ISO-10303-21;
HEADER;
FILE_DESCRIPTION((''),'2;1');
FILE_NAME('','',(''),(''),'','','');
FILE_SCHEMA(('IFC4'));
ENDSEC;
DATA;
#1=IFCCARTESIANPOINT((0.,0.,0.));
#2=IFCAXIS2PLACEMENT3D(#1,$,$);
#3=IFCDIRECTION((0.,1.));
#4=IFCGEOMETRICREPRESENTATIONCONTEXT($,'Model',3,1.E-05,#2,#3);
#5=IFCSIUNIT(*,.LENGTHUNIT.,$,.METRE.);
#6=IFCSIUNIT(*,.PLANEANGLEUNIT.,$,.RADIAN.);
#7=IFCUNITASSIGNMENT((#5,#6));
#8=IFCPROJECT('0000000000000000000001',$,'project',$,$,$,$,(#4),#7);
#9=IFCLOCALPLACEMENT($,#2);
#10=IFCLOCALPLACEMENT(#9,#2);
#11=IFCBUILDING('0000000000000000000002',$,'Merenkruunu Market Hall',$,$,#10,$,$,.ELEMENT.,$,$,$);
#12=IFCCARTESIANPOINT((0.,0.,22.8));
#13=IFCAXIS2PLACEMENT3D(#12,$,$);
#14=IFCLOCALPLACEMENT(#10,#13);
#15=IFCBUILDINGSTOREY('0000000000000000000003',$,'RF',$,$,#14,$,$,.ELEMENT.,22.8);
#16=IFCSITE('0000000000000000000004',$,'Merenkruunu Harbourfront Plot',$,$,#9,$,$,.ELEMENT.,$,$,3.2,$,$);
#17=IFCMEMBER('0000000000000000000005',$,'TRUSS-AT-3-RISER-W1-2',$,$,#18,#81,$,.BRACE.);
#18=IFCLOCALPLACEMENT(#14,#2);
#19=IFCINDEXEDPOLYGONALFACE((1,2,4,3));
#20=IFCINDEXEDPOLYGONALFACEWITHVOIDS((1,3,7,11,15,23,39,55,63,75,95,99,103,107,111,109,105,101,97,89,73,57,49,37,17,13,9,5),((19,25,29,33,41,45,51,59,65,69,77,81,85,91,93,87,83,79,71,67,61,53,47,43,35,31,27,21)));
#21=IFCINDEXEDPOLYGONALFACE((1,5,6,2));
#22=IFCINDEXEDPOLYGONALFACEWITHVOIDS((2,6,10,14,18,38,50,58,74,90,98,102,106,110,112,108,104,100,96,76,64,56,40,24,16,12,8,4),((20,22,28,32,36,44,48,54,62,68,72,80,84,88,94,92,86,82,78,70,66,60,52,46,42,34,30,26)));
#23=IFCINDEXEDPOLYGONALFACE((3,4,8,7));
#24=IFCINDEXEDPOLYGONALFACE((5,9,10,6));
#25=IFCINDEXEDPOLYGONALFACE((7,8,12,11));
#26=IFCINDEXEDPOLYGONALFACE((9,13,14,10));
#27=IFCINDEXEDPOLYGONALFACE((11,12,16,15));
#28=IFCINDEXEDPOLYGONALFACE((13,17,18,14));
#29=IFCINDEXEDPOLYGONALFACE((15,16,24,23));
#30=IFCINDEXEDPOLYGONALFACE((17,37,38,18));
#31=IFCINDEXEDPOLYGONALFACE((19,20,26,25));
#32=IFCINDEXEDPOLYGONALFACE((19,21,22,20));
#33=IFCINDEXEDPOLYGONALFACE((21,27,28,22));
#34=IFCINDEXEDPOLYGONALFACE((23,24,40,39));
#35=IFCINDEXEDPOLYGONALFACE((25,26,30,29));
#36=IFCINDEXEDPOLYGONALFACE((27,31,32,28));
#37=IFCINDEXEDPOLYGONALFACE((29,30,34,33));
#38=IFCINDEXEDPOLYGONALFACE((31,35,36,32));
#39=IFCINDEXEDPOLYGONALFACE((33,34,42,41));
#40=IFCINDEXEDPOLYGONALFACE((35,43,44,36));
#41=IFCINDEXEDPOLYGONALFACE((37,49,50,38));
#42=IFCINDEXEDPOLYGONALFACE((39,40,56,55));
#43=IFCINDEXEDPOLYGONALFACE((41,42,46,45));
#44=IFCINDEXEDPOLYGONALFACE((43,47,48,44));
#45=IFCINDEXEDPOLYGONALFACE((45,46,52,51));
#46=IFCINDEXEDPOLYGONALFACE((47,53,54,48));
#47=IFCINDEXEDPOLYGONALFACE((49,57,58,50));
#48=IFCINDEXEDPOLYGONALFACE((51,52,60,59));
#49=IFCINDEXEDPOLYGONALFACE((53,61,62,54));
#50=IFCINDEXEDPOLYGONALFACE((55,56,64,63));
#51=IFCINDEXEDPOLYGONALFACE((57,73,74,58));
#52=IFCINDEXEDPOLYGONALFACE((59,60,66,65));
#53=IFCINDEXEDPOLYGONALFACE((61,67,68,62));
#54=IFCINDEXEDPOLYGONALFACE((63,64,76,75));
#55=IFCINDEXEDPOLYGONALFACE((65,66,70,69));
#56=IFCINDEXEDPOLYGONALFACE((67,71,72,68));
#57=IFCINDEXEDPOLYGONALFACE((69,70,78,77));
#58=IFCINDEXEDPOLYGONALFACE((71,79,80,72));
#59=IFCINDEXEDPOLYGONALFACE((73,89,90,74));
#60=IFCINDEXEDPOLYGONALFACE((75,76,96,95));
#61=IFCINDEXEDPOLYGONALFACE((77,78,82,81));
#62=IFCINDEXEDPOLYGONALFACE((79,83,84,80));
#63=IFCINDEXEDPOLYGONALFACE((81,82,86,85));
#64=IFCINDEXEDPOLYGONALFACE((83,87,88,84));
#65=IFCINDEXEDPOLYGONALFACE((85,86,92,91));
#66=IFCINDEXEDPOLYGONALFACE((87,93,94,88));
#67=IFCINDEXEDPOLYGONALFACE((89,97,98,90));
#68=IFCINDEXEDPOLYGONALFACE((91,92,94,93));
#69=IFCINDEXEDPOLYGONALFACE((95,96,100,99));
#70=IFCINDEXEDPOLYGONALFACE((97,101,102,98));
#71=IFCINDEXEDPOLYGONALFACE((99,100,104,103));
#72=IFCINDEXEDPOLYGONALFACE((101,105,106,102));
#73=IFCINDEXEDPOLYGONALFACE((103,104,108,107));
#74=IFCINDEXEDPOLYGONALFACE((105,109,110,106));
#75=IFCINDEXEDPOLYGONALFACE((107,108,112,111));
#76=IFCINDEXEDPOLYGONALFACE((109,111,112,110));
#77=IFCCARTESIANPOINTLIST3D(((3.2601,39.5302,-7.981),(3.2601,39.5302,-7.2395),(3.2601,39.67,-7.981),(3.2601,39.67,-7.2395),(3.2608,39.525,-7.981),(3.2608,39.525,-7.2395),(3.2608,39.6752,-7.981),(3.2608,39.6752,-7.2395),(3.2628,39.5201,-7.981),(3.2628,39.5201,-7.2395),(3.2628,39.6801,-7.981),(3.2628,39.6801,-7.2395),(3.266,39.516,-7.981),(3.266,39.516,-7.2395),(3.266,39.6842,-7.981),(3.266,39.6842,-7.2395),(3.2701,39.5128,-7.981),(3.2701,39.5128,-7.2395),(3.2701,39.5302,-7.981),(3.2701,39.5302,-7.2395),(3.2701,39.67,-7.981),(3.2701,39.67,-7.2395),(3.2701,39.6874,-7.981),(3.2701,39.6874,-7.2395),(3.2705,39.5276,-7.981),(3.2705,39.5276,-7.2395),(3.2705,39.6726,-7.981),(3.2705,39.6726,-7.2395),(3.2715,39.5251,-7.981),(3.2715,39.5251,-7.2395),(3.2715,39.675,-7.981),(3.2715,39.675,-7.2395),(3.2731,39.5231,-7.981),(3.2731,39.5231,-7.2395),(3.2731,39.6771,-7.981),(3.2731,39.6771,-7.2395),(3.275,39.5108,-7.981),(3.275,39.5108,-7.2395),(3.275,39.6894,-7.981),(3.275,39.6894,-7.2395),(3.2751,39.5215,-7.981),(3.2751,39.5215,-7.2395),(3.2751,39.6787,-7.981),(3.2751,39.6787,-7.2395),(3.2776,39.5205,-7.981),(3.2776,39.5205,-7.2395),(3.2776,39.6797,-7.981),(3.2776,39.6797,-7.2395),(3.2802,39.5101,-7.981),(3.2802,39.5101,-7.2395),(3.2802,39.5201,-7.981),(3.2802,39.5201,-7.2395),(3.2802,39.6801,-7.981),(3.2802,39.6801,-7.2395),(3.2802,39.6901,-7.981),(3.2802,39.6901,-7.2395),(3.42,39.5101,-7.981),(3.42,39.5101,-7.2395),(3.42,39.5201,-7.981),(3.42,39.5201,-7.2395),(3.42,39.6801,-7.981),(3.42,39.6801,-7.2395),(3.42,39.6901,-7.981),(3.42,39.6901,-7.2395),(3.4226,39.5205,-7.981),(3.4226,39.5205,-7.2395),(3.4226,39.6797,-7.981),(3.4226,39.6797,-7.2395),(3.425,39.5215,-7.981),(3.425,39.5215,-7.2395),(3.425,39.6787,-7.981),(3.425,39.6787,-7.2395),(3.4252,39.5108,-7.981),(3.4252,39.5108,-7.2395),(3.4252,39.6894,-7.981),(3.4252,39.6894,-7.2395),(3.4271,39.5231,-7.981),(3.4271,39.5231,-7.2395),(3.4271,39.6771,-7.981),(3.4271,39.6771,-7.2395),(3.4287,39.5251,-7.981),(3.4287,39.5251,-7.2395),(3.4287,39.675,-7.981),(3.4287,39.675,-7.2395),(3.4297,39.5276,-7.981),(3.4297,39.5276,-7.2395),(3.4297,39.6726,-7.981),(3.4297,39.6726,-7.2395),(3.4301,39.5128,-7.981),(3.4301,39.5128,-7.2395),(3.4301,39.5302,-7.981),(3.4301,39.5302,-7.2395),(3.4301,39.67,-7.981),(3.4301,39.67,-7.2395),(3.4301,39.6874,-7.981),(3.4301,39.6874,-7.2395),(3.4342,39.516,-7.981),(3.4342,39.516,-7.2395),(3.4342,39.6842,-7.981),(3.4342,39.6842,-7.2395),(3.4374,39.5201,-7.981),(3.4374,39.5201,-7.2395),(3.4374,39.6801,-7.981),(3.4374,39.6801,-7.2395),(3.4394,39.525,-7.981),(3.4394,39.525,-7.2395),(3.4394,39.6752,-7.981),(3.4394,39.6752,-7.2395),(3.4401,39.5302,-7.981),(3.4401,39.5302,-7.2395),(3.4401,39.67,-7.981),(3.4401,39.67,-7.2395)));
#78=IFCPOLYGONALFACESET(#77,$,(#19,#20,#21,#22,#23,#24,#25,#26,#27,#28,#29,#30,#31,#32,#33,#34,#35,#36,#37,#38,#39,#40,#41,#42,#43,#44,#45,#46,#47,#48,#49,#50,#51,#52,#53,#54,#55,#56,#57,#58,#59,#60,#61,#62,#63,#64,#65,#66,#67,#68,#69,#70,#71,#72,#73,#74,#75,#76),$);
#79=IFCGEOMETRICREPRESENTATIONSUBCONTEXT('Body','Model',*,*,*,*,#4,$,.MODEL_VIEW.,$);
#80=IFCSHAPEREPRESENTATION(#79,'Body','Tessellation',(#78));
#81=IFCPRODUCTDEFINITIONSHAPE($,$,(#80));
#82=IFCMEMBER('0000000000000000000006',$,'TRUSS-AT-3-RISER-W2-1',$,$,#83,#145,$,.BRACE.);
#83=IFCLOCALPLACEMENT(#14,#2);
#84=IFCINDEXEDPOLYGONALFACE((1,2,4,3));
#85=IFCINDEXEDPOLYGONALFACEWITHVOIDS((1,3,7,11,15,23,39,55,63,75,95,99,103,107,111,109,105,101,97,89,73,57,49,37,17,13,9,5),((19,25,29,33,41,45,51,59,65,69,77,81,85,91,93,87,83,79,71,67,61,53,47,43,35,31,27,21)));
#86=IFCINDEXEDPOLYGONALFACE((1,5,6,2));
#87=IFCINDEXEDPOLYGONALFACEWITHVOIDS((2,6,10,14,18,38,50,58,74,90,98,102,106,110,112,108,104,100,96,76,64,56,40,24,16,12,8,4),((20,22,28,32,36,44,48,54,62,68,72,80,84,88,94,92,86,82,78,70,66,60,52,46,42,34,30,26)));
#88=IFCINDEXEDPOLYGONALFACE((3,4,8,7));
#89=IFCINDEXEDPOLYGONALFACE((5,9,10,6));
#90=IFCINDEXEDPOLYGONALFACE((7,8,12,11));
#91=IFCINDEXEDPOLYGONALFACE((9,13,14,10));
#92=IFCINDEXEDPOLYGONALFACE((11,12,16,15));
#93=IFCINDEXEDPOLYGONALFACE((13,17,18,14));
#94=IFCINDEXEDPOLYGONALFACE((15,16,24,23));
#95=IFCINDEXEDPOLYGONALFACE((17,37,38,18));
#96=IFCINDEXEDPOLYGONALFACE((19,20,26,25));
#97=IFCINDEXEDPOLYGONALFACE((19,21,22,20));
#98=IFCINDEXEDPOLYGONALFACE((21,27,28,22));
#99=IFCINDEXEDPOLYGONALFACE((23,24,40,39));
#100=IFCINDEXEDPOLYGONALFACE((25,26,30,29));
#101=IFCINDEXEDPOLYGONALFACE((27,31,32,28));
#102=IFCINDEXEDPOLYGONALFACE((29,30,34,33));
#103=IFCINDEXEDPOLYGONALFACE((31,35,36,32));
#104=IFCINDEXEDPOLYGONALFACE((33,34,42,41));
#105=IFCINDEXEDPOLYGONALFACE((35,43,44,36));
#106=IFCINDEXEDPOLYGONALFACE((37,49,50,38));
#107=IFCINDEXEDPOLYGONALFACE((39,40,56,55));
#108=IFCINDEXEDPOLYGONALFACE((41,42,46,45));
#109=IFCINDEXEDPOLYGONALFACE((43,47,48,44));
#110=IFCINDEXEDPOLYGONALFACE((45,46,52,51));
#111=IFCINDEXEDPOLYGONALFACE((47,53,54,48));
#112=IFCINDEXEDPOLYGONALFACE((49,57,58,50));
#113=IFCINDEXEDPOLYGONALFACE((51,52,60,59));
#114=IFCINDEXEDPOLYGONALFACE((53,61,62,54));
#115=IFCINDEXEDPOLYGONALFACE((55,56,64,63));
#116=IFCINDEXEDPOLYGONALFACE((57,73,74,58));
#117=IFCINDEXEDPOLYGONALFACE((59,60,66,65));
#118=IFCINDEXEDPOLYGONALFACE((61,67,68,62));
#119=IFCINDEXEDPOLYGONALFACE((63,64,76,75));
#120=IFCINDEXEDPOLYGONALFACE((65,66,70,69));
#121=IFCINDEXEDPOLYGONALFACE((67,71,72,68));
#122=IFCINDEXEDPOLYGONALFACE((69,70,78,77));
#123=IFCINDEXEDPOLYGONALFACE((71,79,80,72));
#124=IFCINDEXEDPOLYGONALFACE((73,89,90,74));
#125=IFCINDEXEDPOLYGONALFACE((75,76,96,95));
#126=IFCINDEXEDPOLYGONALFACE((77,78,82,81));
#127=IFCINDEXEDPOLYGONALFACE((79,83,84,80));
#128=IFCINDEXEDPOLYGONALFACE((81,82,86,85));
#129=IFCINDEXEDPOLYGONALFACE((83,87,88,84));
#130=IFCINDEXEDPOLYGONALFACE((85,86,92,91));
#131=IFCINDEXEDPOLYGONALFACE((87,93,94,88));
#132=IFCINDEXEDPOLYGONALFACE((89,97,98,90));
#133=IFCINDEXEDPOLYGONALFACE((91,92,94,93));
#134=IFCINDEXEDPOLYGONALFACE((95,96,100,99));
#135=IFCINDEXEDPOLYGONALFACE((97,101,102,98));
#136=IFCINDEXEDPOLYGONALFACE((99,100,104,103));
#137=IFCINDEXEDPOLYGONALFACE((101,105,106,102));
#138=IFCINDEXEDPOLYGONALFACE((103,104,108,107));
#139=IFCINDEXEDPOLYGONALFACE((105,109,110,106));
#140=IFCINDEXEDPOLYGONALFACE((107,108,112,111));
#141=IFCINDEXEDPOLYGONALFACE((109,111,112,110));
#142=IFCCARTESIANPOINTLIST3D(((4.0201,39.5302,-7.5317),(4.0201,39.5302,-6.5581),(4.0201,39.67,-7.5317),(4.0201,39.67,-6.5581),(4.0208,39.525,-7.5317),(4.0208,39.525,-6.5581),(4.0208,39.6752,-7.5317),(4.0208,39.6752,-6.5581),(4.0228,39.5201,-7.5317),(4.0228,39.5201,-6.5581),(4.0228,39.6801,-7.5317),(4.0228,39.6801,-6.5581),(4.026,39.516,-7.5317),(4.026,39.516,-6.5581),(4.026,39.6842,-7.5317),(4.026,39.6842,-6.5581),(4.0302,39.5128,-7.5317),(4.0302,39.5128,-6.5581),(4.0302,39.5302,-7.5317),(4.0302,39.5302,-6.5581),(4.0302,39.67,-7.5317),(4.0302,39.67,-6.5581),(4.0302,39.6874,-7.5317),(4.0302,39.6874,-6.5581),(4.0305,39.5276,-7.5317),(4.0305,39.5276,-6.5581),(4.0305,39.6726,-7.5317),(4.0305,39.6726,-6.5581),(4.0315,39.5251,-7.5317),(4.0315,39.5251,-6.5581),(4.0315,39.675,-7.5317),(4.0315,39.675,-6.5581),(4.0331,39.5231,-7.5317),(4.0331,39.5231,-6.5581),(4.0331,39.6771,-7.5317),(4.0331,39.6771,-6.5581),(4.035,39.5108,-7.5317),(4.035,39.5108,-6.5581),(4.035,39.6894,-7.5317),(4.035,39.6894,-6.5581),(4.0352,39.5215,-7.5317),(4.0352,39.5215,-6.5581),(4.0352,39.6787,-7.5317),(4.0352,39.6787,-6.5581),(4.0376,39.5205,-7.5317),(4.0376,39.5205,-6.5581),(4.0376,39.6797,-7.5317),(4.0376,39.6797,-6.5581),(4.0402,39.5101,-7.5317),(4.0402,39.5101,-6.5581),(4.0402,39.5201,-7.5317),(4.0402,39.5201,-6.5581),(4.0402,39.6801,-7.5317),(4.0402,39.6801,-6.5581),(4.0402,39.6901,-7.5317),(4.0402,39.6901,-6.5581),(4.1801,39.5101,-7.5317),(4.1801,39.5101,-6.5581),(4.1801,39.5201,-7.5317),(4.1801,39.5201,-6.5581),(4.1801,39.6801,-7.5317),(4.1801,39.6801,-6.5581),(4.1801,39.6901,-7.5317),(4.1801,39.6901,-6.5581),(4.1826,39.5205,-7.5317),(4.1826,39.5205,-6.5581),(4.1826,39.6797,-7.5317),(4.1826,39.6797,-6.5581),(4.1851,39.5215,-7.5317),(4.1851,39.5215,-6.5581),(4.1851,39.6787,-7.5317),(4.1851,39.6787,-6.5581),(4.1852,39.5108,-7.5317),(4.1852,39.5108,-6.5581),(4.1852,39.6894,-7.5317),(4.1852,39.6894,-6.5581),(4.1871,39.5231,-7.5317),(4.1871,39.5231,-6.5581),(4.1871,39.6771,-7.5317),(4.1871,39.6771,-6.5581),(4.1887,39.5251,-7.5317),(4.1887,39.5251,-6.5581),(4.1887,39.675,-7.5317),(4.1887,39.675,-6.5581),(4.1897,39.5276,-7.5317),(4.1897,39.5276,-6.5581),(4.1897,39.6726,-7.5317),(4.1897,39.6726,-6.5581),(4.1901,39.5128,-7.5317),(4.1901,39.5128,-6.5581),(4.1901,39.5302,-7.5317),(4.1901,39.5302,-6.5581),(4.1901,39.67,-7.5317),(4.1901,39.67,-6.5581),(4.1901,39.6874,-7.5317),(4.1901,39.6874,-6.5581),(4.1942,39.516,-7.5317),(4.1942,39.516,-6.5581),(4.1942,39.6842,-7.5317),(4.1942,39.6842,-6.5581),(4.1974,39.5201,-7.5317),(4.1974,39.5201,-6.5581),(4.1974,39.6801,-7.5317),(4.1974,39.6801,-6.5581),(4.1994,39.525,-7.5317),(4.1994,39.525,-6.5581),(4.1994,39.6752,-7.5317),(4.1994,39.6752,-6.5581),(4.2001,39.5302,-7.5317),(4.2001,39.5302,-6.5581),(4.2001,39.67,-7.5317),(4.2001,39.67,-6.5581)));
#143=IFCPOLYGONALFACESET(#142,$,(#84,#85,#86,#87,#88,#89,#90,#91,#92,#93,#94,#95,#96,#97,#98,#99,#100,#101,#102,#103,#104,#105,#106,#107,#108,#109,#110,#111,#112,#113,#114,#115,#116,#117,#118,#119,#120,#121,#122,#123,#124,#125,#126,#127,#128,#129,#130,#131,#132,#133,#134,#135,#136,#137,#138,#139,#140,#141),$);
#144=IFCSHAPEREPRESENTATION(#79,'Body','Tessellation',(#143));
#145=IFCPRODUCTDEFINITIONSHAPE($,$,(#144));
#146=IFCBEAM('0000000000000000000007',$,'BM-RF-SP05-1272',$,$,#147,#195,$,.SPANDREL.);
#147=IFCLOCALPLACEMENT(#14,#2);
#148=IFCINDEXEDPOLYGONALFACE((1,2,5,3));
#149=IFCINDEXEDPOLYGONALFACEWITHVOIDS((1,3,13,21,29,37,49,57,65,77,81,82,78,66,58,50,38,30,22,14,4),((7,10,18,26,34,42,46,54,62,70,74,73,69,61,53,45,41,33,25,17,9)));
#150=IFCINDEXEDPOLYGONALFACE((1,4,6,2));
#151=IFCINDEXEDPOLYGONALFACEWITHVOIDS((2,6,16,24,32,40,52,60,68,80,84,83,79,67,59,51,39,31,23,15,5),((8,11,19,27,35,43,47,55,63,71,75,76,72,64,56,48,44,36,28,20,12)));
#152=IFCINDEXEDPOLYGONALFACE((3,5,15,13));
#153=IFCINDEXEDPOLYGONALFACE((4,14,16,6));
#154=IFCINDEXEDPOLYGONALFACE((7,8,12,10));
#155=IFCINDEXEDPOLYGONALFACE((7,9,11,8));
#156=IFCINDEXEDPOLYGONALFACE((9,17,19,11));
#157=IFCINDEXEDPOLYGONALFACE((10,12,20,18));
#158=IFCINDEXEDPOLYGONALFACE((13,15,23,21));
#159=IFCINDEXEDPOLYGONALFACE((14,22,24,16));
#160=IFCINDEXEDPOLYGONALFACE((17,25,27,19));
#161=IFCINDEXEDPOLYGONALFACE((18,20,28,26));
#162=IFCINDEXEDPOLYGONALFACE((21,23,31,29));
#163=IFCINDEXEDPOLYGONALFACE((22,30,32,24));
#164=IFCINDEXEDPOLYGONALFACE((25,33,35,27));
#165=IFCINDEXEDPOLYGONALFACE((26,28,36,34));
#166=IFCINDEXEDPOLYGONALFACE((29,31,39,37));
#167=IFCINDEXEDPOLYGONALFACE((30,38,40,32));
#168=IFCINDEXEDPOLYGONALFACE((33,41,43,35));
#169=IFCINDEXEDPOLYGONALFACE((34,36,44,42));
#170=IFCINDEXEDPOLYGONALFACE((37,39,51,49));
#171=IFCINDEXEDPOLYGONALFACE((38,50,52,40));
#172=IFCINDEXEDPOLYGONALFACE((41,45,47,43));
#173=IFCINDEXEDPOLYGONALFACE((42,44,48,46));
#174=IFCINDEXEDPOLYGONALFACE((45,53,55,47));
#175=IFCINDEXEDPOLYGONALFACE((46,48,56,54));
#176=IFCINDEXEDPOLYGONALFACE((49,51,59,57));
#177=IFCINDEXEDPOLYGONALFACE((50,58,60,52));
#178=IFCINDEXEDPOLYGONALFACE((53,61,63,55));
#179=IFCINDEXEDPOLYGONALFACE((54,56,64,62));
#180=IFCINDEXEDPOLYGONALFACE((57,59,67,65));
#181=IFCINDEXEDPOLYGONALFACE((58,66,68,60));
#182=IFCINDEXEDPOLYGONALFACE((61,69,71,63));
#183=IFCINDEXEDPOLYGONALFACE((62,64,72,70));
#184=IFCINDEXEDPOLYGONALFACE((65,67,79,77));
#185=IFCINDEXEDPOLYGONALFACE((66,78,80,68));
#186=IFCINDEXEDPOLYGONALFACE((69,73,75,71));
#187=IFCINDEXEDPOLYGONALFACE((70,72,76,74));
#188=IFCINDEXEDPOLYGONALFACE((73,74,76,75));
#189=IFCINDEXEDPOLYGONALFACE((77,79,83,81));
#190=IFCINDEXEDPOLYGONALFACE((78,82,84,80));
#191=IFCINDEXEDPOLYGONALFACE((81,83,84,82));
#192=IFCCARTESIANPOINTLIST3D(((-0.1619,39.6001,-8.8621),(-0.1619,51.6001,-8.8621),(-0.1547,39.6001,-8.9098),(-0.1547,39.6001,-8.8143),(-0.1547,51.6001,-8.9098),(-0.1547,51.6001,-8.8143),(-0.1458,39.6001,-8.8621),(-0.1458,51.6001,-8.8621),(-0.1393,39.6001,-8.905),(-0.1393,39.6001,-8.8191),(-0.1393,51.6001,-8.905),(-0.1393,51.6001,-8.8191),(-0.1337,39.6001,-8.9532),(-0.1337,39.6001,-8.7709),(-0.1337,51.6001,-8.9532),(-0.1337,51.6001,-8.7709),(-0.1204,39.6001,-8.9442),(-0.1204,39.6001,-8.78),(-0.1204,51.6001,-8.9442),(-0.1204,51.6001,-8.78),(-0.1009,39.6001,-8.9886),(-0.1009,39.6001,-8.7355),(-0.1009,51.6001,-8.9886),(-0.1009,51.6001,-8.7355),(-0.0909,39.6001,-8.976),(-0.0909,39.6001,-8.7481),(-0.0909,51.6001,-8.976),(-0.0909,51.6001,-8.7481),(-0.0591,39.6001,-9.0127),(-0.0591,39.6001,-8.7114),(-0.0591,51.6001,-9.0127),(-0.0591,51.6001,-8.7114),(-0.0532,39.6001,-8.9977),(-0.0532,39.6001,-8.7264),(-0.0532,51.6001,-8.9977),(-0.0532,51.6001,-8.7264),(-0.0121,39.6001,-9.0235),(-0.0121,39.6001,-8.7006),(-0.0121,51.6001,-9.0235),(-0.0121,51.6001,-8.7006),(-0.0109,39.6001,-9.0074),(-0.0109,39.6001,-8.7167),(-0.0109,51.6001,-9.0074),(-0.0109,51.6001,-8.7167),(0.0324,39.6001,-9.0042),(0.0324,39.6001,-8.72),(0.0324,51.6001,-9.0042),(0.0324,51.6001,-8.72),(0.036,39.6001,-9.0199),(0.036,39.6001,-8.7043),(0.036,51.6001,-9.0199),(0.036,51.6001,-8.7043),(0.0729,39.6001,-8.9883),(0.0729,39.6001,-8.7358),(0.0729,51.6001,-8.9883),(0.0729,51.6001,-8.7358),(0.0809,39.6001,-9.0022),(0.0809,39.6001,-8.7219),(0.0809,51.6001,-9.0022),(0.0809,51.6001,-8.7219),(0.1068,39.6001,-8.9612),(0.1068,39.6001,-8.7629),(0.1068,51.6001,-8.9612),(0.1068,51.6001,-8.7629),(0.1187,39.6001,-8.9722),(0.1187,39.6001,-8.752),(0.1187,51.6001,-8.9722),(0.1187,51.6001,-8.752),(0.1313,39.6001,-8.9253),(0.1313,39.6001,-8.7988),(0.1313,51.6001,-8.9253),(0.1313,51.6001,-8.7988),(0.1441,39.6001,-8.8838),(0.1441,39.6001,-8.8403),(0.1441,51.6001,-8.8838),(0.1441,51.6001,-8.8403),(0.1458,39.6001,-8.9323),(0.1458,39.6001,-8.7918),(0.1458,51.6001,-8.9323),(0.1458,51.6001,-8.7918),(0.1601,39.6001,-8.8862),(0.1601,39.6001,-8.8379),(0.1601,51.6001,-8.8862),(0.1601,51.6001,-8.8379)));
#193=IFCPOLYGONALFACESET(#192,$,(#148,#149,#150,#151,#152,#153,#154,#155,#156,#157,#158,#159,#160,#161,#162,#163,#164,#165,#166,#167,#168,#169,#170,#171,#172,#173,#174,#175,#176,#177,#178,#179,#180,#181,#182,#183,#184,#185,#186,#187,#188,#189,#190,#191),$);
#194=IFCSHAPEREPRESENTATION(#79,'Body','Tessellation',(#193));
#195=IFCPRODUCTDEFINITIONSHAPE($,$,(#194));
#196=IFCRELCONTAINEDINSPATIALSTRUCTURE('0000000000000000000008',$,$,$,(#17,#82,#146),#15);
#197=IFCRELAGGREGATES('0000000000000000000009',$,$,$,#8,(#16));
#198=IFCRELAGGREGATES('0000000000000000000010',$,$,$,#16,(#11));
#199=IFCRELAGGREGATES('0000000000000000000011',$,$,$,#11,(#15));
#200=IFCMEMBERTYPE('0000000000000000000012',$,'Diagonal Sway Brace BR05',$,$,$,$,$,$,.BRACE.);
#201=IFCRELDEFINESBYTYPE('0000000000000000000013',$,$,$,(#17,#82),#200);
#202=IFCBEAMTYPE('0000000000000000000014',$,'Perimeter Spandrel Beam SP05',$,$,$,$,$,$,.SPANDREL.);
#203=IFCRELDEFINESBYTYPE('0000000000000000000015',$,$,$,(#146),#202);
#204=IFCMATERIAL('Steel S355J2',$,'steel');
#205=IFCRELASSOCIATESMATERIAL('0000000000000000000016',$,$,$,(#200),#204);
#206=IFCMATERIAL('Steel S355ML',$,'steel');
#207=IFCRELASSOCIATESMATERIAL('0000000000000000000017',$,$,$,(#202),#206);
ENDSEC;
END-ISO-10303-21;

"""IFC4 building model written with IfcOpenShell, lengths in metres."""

from ifc_helpers import new_model, si_unit, direction, frame, origin, origin_2d, place, context, subcontext, project, spatial, hollow_rectangle, hollow_circle, extrude, material, material_profile, profile_set, type_object, element, save


model = new_model("IFC4")

# Units and contexts
model_context = context("Model", 3, precision=1e-05, world=origin(), true_north=direction((0.0, 1.0)))
body_context = subcontext(model_context, "Body", "Model", "MODEL_VIEW")
ifc_project = project(units=[si_unit("LENGTHUNIT", "METRE"), si_unit("PLANEANGLEUNIT", "RADIAN")], contexts=[model_context])

# Site, building, storey
site_placement = place(None, origin())
site = spatial("IfcSite", under=ifc_project, at=site_placement, Name="Merenkruunu Harbourfront Plot", CompositionType="ELEMENT", RefElevation=3.2)
building_placement = place(site_placement, origin())
building = spatial("IfcBuilding", under=site, at=building_placement, Name="Merenkruunu Market Hall", CompositionType="ELEMENT")
storey_placement = place(building_placement, frame((0.0, 0.0, 22.8)))
storey = spatial("IfcBuildingStorey", under=building, at=storey_placement, Name="RF", CompositionType="ELEMENT", Elevation=22.8)

# Shared definitions
ifc_material_1 = material(Name="Steel S355ML", Category="steel")

# Members
ifc_material_2 = material(Name="Steel S355J2", Category="steel")
ifc_material_profile_1 = material_profile(ifc_material_2, hollow_rectangle(XDim=0.1799, YDim=0.1799, WallThickness=0.01, InnerFilletRadius=0.01, OuterFilletRadius=0.02, at=origin_2d()), Name="SHS 180x180x10")
ifc_profile_set_1 = profile_set([ifc_material_profile_1], Name="Steel S355J2")
member_type_1 = type_object("IfcMemberType", Name="Diagonal Sway Brace BR05", PredefinedType="BRACE", material=ifc_profile_set_1)
member_1_placement = place(storey_placement, frame((3.3501, 39.6001, -7.981), z_axis=(0.0, 0.0, 1.0), x_axis=(1.0, 0.0, 0.0)))
element("IfcMember", 1, at=member_1_placement, inside=storey, type_object=member_type_1, Name="TRUSS-AT-3-RISER-W1-2", PredefinedType="BRACE", context=body_context, shape_type="SweptSolid", body=[
    extrude(hollow_rectangle(XDim=0.1799, YDim=0.1799, WallThickness=0.01, InnerFilletRadius=0.01, OuterFilletRadius=0.02, at=origin_2d()), origin(), (0.0, 0.0, 1.0), 0.7415),
])
member_2_placement = place(storey_placement, frame((4.1101, 39.6001, -7.5317), z_axis=(0.0, 0.0, 1.0), x_axis=(1.0, 0.0, 0.0)))
element("IfcMember", 2, at=member_2_placement, inside=storey, type_object=member_type_1, Name="TRUSS-AT-3-RISER-W2-1", PredefinedType="BRACE", context=body_context, shape_type="SweptSolid", body=[
    extrude(hollow_rectangle(XDim=0.1799, YDim=0.1799, WallThickness=0.01, InnerFilletRadius=0.01, OuterFilletRadius=0.02, at=origin_2d()), origin(), (0.0, 0.0, 1.0), 0.9736),
])

# Beam
ifc_material_profile_2 = material_profile(ifc_material_1, hollow_circle(Radius=0.1619, WallThickness=0.0161, at=origin_2d()), Name="CHS 323.9x16")
ifc_profile_set_2 = profile_set([ifc_material_profile_2], Name="Steel S355ML")
beam_type = type_object("IfcBeamType", Name="Perimeter Spandrel Beam SP05", PredefinedType="SPANDREL", material=ifc_profile_set_2)
beam_placement = place(storey_placement, frame((0.0, 39.6001, -8.8621), z_axis=(0.0, 1.0, 0.0), x_axis=(-1.0, 0.0, 0.0)))
element("IfcBeam", 3, at=beam_placement, inside=storey, type_object=beam_type, Name="BM-RF-SP05-1272", PredefinedType="SPANDREL", context=body_context, shape_type="SweptSolid", body=[
    extrude(hollow_circle(Radius=0.1619, WallThickness=0.0161, at=origin_2d()), origin(), (0.0, 0.0, 1.0), 12.0),
])

save(model, "model.ifc")
